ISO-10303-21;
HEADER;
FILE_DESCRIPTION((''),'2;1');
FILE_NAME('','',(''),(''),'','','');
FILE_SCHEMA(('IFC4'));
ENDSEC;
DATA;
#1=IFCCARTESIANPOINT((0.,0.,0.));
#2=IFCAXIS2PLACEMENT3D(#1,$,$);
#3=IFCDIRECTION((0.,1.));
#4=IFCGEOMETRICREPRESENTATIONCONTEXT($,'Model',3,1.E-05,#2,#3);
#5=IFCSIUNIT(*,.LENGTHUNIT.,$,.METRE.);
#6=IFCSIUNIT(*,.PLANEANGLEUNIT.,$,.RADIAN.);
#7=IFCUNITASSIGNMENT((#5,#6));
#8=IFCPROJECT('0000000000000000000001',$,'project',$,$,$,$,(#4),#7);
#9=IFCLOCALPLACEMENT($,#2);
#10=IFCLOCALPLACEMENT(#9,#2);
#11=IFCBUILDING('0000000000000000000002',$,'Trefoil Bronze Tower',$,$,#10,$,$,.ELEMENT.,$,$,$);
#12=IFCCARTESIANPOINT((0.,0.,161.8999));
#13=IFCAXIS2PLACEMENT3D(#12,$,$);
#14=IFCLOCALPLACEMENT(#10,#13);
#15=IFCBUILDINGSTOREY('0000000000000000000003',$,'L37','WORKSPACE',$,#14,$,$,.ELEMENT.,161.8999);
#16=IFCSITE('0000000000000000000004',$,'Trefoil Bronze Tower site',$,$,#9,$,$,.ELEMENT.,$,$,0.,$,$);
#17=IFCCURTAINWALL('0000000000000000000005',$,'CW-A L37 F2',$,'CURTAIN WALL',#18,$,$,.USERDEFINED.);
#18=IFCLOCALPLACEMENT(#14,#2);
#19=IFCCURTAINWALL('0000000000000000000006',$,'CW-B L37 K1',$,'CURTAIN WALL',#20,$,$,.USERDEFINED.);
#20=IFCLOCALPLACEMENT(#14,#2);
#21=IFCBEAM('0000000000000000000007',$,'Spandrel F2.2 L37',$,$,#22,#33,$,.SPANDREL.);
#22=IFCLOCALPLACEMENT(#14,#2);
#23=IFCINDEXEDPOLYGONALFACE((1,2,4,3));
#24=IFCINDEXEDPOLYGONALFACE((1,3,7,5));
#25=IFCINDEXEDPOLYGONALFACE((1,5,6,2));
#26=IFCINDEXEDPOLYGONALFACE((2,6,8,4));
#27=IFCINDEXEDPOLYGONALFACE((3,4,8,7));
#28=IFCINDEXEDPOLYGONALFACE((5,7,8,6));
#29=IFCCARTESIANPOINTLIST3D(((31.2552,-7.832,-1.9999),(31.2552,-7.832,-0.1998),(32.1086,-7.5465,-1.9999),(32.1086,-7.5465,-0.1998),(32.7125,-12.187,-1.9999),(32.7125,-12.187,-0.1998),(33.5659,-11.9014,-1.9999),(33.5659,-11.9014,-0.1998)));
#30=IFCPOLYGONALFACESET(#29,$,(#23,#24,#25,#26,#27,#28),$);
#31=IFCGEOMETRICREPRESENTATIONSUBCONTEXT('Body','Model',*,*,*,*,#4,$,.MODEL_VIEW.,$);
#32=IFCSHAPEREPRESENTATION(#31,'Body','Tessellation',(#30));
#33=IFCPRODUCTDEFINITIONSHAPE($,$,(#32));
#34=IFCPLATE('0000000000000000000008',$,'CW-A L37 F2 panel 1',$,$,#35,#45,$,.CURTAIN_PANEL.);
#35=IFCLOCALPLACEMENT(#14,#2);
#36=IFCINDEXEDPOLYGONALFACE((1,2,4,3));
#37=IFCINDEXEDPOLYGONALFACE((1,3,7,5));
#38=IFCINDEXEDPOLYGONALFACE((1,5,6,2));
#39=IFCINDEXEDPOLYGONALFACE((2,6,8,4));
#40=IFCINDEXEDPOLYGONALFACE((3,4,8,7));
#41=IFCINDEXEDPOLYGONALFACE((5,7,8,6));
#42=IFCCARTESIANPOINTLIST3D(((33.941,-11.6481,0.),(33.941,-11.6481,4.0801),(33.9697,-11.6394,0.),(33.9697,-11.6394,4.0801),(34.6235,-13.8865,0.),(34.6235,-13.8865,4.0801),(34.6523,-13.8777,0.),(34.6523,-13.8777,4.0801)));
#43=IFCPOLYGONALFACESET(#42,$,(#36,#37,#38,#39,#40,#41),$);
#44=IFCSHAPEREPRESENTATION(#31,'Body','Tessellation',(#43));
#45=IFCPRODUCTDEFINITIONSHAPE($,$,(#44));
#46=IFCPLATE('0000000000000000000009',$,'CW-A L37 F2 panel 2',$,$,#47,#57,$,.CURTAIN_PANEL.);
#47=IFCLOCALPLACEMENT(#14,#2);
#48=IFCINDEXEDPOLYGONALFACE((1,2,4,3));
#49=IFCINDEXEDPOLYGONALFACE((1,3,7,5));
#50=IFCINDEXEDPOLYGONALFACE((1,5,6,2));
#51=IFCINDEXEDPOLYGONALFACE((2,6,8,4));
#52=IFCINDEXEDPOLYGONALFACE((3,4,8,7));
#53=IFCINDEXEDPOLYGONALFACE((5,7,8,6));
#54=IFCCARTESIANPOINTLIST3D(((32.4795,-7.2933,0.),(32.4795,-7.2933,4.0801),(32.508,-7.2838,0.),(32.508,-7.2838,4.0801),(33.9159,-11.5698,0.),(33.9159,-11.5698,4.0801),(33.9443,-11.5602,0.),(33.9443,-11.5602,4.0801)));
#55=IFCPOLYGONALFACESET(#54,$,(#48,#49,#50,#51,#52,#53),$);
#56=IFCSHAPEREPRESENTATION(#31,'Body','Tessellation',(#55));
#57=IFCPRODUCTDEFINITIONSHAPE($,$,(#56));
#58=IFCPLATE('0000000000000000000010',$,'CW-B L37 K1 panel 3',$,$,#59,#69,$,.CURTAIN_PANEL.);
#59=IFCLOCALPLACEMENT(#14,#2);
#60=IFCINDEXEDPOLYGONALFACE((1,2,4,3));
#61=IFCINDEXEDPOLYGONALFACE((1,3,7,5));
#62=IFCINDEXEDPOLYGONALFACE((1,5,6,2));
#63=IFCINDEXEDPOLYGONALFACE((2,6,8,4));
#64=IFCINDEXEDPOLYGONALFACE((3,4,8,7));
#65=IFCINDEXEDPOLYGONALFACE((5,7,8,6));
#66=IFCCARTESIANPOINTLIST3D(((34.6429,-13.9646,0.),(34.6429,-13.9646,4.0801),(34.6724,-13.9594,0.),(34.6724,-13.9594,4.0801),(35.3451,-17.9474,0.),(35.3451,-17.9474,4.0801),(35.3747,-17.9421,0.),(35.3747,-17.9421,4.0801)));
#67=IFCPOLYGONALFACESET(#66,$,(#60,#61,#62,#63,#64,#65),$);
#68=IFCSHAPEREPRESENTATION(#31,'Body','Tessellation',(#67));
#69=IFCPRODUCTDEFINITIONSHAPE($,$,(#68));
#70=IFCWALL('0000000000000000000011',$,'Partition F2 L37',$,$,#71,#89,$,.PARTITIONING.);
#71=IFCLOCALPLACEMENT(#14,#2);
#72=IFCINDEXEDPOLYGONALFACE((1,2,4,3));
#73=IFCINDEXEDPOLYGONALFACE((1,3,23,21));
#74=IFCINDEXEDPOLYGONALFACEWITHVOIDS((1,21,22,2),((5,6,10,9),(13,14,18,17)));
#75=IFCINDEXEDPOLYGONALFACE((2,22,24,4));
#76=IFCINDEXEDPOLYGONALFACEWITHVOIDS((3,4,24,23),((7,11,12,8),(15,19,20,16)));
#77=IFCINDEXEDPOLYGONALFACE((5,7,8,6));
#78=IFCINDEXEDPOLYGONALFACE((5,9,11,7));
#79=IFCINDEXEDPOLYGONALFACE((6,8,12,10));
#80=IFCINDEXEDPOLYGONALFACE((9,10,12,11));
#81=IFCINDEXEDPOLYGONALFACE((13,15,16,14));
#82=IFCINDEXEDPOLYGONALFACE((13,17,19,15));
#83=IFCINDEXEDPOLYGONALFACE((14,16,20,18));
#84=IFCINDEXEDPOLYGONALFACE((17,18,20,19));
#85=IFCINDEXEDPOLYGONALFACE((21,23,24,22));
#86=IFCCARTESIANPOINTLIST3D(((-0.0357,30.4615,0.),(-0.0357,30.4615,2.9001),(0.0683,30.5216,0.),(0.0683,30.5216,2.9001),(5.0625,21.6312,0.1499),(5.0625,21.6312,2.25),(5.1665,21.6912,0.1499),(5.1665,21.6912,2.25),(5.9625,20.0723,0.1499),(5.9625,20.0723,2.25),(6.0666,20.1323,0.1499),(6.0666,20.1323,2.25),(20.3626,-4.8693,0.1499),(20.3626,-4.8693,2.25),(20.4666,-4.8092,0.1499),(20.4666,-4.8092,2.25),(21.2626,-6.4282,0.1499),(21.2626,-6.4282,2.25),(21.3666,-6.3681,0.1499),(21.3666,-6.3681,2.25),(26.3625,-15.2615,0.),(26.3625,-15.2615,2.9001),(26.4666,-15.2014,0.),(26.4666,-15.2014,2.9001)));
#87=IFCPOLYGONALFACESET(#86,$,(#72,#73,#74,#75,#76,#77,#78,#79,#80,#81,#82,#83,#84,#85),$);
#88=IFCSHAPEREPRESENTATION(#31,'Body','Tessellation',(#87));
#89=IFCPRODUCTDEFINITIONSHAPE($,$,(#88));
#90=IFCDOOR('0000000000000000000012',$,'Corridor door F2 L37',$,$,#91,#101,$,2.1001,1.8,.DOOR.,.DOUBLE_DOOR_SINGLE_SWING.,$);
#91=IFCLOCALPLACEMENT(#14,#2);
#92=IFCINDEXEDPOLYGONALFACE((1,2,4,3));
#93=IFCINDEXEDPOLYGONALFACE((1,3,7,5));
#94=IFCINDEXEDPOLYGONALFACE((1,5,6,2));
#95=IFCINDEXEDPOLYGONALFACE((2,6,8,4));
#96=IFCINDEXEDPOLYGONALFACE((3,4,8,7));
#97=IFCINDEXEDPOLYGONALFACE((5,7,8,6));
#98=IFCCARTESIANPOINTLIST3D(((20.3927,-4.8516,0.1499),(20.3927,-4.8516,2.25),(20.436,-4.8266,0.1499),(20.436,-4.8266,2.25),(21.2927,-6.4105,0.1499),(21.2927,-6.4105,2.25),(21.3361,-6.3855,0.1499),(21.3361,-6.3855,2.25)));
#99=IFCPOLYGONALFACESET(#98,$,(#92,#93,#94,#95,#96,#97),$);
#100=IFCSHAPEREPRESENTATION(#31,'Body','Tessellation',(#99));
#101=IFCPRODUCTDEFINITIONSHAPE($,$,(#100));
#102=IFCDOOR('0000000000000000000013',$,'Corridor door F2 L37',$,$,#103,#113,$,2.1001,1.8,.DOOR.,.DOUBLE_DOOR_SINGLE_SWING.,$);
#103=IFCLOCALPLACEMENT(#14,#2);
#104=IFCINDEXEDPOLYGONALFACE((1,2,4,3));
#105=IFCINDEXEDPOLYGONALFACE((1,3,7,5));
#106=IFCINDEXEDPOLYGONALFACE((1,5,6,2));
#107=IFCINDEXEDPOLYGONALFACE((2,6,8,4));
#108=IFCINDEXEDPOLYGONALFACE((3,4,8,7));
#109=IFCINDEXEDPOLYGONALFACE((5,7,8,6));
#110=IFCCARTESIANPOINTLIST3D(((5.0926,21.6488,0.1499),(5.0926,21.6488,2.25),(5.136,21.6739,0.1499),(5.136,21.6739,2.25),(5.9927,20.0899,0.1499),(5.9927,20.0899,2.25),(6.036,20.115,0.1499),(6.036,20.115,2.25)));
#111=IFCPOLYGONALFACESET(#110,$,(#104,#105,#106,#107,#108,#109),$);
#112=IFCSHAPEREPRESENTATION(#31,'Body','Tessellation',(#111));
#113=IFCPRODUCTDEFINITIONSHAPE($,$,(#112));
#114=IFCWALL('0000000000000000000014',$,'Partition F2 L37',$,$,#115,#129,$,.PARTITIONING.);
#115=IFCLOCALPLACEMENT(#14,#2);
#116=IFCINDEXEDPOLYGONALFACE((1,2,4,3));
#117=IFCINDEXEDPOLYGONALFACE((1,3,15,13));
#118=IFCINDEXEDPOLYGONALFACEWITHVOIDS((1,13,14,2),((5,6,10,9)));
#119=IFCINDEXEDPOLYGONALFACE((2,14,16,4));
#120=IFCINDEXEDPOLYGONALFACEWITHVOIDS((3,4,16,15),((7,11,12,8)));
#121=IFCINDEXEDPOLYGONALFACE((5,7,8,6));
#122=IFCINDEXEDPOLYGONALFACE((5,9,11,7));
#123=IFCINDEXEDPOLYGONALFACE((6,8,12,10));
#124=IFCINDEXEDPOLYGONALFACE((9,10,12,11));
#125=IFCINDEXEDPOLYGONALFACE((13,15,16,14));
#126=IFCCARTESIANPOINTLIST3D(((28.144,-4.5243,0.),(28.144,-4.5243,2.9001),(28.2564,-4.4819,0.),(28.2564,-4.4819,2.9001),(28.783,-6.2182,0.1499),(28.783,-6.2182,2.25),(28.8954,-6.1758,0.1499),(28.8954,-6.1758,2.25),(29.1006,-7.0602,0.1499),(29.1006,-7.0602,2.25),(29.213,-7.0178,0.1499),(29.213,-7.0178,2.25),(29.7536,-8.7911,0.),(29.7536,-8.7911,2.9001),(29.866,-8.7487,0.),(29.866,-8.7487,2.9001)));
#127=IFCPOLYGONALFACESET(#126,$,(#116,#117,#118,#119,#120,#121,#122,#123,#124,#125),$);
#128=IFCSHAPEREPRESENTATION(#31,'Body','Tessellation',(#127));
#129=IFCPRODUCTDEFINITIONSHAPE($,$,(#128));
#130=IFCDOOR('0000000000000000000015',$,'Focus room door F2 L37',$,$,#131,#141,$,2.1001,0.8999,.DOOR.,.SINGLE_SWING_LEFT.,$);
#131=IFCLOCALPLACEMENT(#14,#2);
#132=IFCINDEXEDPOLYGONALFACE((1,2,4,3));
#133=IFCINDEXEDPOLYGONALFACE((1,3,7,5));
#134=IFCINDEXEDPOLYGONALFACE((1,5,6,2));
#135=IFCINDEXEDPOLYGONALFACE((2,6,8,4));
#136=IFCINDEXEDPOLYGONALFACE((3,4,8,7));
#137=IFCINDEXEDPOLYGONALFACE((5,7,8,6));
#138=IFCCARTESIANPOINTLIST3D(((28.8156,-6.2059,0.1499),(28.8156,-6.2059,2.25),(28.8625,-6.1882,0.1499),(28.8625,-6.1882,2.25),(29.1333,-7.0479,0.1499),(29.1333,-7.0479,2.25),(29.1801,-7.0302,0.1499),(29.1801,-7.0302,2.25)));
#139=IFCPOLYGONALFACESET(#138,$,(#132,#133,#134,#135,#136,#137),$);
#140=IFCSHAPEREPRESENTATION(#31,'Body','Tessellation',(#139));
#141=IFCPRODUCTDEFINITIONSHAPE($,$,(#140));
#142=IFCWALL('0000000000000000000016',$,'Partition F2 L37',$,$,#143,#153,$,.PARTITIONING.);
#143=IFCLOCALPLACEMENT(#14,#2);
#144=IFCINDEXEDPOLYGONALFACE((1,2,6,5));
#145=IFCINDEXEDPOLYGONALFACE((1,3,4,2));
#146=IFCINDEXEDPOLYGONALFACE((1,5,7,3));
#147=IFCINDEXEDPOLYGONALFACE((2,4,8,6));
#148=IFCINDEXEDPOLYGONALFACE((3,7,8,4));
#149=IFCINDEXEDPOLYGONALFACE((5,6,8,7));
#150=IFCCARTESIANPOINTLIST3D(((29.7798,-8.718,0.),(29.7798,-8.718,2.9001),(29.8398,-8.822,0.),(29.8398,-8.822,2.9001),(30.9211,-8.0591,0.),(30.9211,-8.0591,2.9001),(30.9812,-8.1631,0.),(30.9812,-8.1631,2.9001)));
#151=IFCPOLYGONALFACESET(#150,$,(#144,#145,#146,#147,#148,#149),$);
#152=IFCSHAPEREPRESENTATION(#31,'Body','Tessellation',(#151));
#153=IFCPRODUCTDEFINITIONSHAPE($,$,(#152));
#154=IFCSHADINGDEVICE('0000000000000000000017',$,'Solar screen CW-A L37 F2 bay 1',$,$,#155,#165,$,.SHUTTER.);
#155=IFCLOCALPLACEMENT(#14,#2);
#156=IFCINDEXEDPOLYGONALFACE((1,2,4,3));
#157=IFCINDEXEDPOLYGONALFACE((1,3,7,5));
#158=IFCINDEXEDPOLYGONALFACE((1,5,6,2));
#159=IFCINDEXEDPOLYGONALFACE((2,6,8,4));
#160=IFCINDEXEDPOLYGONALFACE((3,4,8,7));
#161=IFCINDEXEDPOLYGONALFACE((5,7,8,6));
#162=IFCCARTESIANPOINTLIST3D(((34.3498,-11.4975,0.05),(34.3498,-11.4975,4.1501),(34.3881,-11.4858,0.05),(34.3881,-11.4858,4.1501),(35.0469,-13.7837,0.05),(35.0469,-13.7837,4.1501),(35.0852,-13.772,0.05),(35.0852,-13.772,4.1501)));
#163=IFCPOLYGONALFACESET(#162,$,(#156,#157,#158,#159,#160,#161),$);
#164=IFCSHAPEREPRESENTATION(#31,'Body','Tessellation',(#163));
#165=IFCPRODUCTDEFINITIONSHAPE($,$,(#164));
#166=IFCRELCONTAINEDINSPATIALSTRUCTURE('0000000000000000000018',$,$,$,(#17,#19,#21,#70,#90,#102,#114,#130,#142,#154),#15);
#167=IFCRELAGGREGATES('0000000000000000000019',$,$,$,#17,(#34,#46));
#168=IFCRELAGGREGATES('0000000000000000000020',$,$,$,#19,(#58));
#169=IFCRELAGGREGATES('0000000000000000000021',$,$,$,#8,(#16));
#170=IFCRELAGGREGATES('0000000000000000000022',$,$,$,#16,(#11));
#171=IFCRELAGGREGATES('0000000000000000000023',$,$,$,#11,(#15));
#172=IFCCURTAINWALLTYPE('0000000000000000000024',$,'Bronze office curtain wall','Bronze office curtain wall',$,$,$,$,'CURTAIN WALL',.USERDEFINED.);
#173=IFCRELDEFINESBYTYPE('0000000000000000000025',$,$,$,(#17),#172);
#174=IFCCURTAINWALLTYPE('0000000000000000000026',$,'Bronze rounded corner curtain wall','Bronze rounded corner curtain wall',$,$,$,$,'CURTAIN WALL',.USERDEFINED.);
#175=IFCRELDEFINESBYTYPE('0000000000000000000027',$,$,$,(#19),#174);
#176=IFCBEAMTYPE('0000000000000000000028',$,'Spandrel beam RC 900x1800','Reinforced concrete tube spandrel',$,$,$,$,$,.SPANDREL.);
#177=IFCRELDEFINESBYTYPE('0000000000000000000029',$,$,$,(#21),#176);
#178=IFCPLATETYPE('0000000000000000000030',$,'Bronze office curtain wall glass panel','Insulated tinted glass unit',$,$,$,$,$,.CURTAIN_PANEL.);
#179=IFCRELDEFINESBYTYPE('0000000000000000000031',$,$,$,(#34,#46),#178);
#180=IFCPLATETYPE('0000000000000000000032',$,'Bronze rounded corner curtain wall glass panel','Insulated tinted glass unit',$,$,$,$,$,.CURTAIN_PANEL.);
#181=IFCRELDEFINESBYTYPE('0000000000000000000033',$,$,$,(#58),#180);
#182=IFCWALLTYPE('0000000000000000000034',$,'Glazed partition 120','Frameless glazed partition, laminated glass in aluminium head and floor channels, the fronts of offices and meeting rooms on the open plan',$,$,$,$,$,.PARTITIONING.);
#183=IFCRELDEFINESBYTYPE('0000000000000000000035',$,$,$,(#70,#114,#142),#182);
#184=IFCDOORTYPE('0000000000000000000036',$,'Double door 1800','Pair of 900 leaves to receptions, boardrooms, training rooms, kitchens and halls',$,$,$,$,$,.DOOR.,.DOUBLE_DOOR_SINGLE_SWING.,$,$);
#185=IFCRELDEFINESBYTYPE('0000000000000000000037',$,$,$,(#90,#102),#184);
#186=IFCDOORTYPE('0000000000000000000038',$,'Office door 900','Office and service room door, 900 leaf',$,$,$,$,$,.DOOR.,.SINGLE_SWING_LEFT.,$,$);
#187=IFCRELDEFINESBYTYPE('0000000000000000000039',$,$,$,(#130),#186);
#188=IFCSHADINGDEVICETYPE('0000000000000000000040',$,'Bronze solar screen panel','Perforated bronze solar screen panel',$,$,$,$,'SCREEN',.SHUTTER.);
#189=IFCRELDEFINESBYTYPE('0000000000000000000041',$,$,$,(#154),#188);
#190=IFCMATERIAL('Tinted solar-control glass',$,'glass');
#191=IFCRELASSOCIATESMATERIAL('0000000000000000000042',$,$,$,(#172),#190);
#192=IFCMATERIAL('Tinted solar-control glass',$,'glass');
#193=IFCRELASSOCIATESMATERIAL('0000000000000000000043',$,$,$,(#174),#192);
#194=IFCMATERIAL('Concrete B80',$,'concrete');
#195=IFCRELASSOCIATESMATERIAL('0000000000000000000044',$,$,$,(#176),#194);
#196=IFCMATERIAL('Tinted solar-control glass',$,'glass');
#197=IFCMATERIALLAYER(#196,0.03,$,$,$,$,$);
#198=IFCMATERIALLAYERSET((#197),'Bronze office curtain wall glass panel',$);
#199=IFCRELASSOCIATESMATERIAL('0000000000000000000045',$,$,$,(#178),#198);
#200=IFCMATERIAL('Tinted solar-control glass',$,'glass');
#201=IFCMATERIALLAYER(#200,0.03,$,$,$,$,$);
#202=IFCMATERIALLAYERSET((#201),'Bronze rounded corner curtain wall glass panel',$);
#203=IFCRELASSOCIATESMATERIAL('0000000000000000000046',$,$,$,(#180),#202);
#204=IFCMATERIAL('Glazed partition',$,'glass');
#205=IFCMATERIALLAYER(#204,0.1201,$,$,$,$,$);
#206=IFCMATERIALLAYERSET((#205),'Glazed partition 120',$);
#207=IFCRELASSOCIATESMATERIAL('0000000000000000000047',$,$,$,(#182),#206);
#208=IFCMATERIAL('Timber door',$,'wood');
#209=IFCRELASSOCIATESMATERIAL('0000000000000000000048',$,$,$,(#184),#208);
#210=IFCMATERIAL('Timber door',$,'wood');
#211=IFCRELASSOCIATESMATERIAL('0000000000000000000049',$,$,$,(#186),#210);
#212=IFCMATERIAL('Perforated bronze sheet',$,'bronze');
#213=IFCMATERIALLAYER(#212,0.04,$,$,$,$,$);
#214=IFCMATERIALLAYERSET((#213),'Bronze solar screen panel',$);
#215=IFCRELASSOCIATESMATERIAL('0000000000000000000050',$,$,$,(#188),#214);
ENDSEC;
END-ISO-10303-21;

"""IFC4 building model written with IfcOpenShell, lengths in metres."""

from ifc_helpers import new_model, si_unit, direction, frame, frame_2d, origin, origin_2d, place, context, subcontext, project, spatial, rectangle, extrude, material, layer, layer_set, material_profile, profile_set, type_object, element, fill, aggregate, save


model = new_model("IFC4")

# Units and contexts
model_context = context("Model", 3, precision=1e-05, world=origin(), true_north=direction((0.0, 1.0)))
body_context = subcontext(model_context, "Body", "Model", "MODEL_VIEW")
ifc_project = project(units=[si_unit("LENGTHUNIT", "METRE"), si_unit("PLANEANGLEUNIT", "RADIAN")], contexts=[model_context])

# Site, building, storey
site_placement = place(None, origin())
site = spatial("IfcSite", under=ifc_project, at=site_placement, Name="Trefoil Bronze Tower site", CompositionType="ELEMENT", RefElevation=0.0)
building_placement = place(site_placement, origin())
building = spatial("IfcBuilding", under=site, at=building_placement, Name="Trefoil Bronze Tower", CompositionType="ELEMENT")
storey_placement = place(building_placement, frame((0.0, 0.0, 161.8999)))
storey = spatial("IfcBuildingStorey", under=building, at=storey_placement, Name="L37", Description="WORKSPACE", CompositionType="ELEMENT", Elevation=161.8999)

# Curtain wall
ifc_material_1 = material(Name="Tinted solar-control glass", Category="glass")
curtain_wall_type_1 = type_object("IfcCurtainWallType", Name="Bronze office curtain wall", Description="Bronze office curtain wall", ElementType="CURTAIN WALL", PredefinedType="USERDEFINED", material=ifc_material_1)
curtain_wall_1_placement = place(storey_placement, origin())
curtain_wall_1 = element("IfcCurtainWall", 1, at=curtain_wall_1_placement, inside=storey, type_object=curtain_wall_type_1, Name="CW-A L37 F2", ObjectType="CURTAIN WALL", PredefinedType="USERDEFINED")

# Curtain wall
ifc_material_2 = material(Name="Tinted solar-control glass", Category="glass")
curtain_wall_type_2 = type_object("IfcCurtainWallType", Name="Bronze rounded corner curtain wall", Description="Bronze rounded corner curtain wall", ElementType="CURTAIN WALL", PredefinedType="USERDEFINED", material=ifc_material_2)
curtain_wall_2_placement = place(storey_placement, origin())
curtain_wall_2 = element("IfcCurtainWall", 2, at=curtain_wall_2_placement, inside=storey, type_object=curtain_wall_type_2, Name="CW-B L37 K1", ObjectType="CURTAIN WALL", PredefinedType="USERDEFINED")

# Beam
ifc_material_3 = material(Name="Concrete B80", Category="concrete")
ifc_material_profile_1 = material_profile(ifc_material_3, rectangle(XDim=0.8999, YDim=1.8, at=origin_2d()), Name="RC 900x1800")
ifc_profile_set_1 = profile_set([ifc_material_profile_1], Name="Concrete B80")
beam_type_1 = type_object("IfcBeamType", Name="Spandrel beam RC 900x1800", Description="Reinforced concrete tube spandrel", PredefinedType="SPANDREL", material=ifc_profile_set_1)
beam_1_placement = place(storey_placement, frame((33.1392, -12.0442, -1.0999), z_axis=(-0.317328, 0.948316, 0.0), x_axis=(-0.948316, -0.317328, 0.0)))
element("IfcBeam", 3, at=beam_1_placement, inside=storey, type_object=beam_type_1, Name="Spandrel F2.2 L37", PredefinedType="SPANDREL", context=body_context, shape_type="SweptSolid", body=[
    extrude(rectangle(XDim=0.8999, YDim=1.8, at=origin_2d()), origin(), (0.0, 0.0, 1.0), 4.5923),
])

# Plates
ifc_material_4 = material(Name="Tinted solar-control glass", Category="glass")
ifc_layer_1 = layer(ifc_material_4, 0.03)
ifc_layer_set_1 = layer_set([ifc_layer_1], Name="Bronze office curtain wall glass panel")
plate_type_1 = type_object("IfcPlateType", Name="Bronze office curtain wall glass panel", Description="Insulated tinted glass unit", PredefinedType="CURTAIN_PANEL", material=ifc_layer_set_1)
plate_1_placement = place(storey_placement, frame((34.2966, -12.7629, 0.0), z_axis=(0.0, 0.0, 1.0), x_axis=(-0.291669, 0.956519, 0.0)))
plate_1 = element("IfcPlate", 4, at=plate_1_placement, type_object=plate_type_1, Name="CW-A L37 F2 panel 1", PredefinedType="CURTAIN_PANEL", context=body_context, shape_type="SweptSolid", body=[
    extrude(rectangle(XDim=2.3401, YDim=0.03, at=origin_2d()), origin(), (0.0, 0.0, 1.0), 4.0801),
])
plate_2_placement = place(storey_placement, frame((33.2119, -9.4268, 0.0), z_axis=(0.0, 0.0, 1.0), x_axis=(-0.318404, 0.947955, 0.0)))
plate_2 = element("IfcPlate", 5, at=plate_2_placement, type_object=plate_type_1, Name="CW-A L37 F2 panel 2", PredefinedType="CURTAIN_PANEL", context=body_context, shape_type="SweptSolid", body=[
    extrude(rectangle(XDim=4.5112, YDim=0.03, at=origin_2d()), origin(), (0.0, 0.0, 1.0), 4.0801),
])
aggregate(curtain_wall_1, [plate_1, plate_2])
ifc_material_5 = material(Name="Tinted solar-control glass", Category="glass")
ifc_layer_2 = layer(ifc_material_5, 0.03)
ifc_layer_set_2 = layer_set([ifc_layer_2], Name="Bronze rounded corner curtain wall glass panel")
plate_type_2 = type_object("IfcPlateType", Name="Bronze rounded corner curtain wall glass panel", Description="Insulated tinted glass unit", PredefinedType="CURTAIN_PANEL", material=ifc_layer_set_2)
plate_3_placement = place(storey_placement, frame((35.0088, -15.9534, 0.0), z_axis=(0.0, 0.0, 1.0), x_axis=(-0.173648, 0.984808, 0.0)))
plate_3 = element("IfcPlate", 6, at=plate_3_placement, type_object=plate_type_2, Name="CW-B L37 K1 panel 3", PredefinedType="CURTAIN_PANEL", context=body_context, shape_type="SweptSolid", body=[
    extrude(rectangle(XDim=4.0442, YDim=0.03, at=origin_2d()), origin(), (0.0, 0.0, 1.0), 4.0801),
])
aggregate(curtain_wall_2, [plate_3])

# Wall, openings, doors
ifc_material_6 = material(Name="Glazed partition", Category="glass")
ifc_layer_3 = layer(ifc_material_6, 0.1201)
ifc_layer_set_3 = layer_set([ifc_layer_3], Name="Glazed partition 120")
wall_type = type_object("IfcWallType", Name="Glazed partition 120", Description="Frameless glazed partition, laminated glass in aluminium head and floor channels, the fronts of offices and meeting rooms on the open plan", PredefinedType="PARTITIONING", material=ifc_layer_set_3)
wall_1_placement = place(storey_placement, frame((26.4146, -15.2314, 0.0), z_axis=(0.0, 0.0, 1.0), x_axis=(-0.500001, 0.866025, 0.0)))
wall_1 = element("IfcWall", 7, at=wall_1_placement, inside=storey, type_object=wall_type, Name="Partition F2 L37", PredefinedType="PARTITIONING", context=body_context, shape_type="SweptSolid", body=[
    extrude(rectangle(XDim=52.7964, YDim=0.1201, at=frame_2d((26.3982, 0.0))), origin(), (0.0, 0.0, 1.0), 2.9001),
])
opening_1_placement = place(wall_1_placement, frame((10.2, 0.0, 0.1499)))
opening_1 = element("IfcOpeningElement", 8, at=opening_1_placement, cuts=wall_1, PredefinedType="OPENING", context=body_context, shape_type="SweptSolid", body=[
    extrude(rectangle(XDim=1.8, YDim=2.1001, at=frame_2d((0.8999, 1.05))), frame((0.0, 0.0701, 0.0), z_axis=(0.0, -1.0, 0.0), x_axis=(1.0, 0.0, 0.0)), (0.0, 0.0, 1.0), 0.1401),
])
opening_2_placement = place(wall_1_placement, frame((40.8, 0.0, 0.1499)))
opening_2 = element("IfcOpeningElement", 9, at=opening_2_placement, cuts=wall_1, PredefinedType="OPENING", context=body_context, shape_type="SweptSolid", body=[
    extrude(rectangle(XDim=1.8, YDim=2.1001, at=frame_2d((0.8999, 1.05))), frame((0.0, 0.0701, 0.0), z_axis=(0.0, -1.0, 0.0), x_axis=(1.0, 0.0, 0.0)), (0.0, 0.0, 1.0), 0.1401),
])
ifc_material_7 = material(Name="Timber door", Category="wood")
door_type_1 = type_object("IfcDoorType", Name="Double door 1800", Description="Pair of 900 leaves to receptions, boardrooms, training rooms, kitchens and halls", OperationType="DOUBLE_DOOR_SINGLE_SWING", PredefinedType="DOOR", material=ifc_material_7)
door_1_placement = place(opening_1_placement, frame((1.8, 0.0, 0.0), z_axis=(0.0, 0.0, 1.0), x_axis=(-1.0, 0.0, 0.0)))
door_1 = element("IfcDoor", 10, at=door_1_placement, inside=storey, type_object=door_type_1, Name="Corridor door F2 L37", OperationType="DOUBLE_DOOR_SINGLE_SWING", OverallHeight=2.1001, OverallWidth=1.8, PredefinedType="DOOR", context=body_context, shape_type="SweptSolid", body=[
    extrude(rectangle(XDim=1.8, YDim=2.1001, at=frame_2d((0.8999, 1.05))), frame((0.0, 0.0249, 0.0), z_axis=(0.0, -1.0, 0.0), x_axis=(1.0, 0.0, 0.0)), (0.0, 0.0, 1.0), 0.05),
])
fill(opening_1, door_1)
door_2_placement = place(opening_2_placement, frame((1.8, 0.0, 0.0), z_axis=(0.0, 0.0, 1.0), x_axis=(-1.0, 0.0, 0.0)))
door_2 = element("IfcDoor", 11, at=door_2_placement, inside=storey, type_object=door_type_1, Name="Corridor door F2 L37", OperationType="DOUBLE_DOOR_SINGLE_SWING", OverallHeight=2.1001, OverallWidth=1.8, PredefinedType="DOOR", context=body_context, shape_type="SweptSolid", body=[
    extrude(rectangle(XDim=1.8, YDim=2.1001, at=frame_2d((0.8999, 1.05))), frame((0.0, 0.0249, 0.0), z_axis=(0.0, -1.0, 0.0), x_axis=(1.0, 0.0, 0.0)), (0.0, 0.0, 1.0), 0.05),
])
fill(opening_2, door_2)

# Wall, opening, door
wall_2_placement = place(storey_placement, frame((29.8098, -8.77, 0.0), z_axis=(0.0, 0.0, 1.0), x_axis=(-0.352959, 0.935639, 0.0)))
wall_2 = element("IfcWall", 12, at=wall_2_placement, inside=storey, type_object=wall_type, Name="Partition F2 L37", PredefinedType="PARTITIONING", context=body_context, shape_type="SweptSolid", body=[
    extrude(rectangle(XDim=4.5603, YDim=0.1201, at=frame_2d((2.2803, 0.0))), origin(), (0.0, 0.0, 1.0), 2.9001),
])
opening_3_placement = place(wall_2_placement, frame((1.8501, 0.0, 0.1499)))
opening_3 = element("IfcOpeningElement", 13, at=opening_3_placement, cuts=wall_2, PredefinedType="OPENING", context=body_context, shape_type="SweptSolid", body=[
    extrude(rectangle(XDim=0.8999, YDim=2.1001, at=frame_2d((0.45, 1.05))), frame((0.0, 0.0701, 0.0), z_axis=(0.0, -1.0, 0.0), x_axis=(1.0, 0.0, 0.0)), (0.0, 0.0, 1.0), 0.1401),
])
ifc_material_8 = material(Name="Timber door", Category="wood")
door_type_2 = type_object("IfcDoorType", Name="Office door 900", Description="Office and service room door, 900 leaf", OperationType="SINGLE_SWING_LEFT", PredefinedType="DOOR", material=ifc_material_8)
door_3_placement = place(opening_3_placement, frame((0.8999, 0.0, 0.0), z_axis=(0.0, 0.0, 1.0), x_axis=(-1.0, 0.0, 0.0)))
door_3 = element("IfcDoor", 14, at=door_3_placement, inside=storey, type_object=door_type_2, Name="Focus room door F2 L37", OperationType="SINGLE_SWING_LEFT", OverallHeight=2.1001, OverallWidth=0.8999, PredefinedType="DOOR", context=body_context, shape_type="SweptSolid", body=[
    extrude(rectangle(XDim=0.8999, YDim=2.1001, at=frame_2d((0.45, 1.05))), frame((0.0, 0.0249, 0.0), z_axis=(0.0, -1.0, 0.0), x_axis=(1.0, 0.0, 0.0)), (0.0, 0.0, 1.0), 0.05),
])
fill(opening_3, door_3)

# Wall
wall_3_placement = place(storey_placement, frame((29.8098, -8.77, 0.0), z_axis=(0.0, 0.0, 1.0), x_axis=(0.866034, 0.499984, 0.0)))
element("IfcWall", 15, at=wall_3_placement, inside=storey, type_object=wall_type, Name="Partition F2 L37", PredefinedType="PARTITIONING", context=body_context, shape_type="SweptSolid", body=[
    extrude(rectangle(XDim=1.3179, YDim=0.1201, at=frame_2d((0.6589, 0.0))), origin(), (0.0, 0.0, 1.0), 2.9001),
])

# Shading device
ifc_material_9 = material(Name="Perforated bronze sheet", Category="bronze")
ifc_layer_4 = layer(ifc_material_9, 0.04)
ifc_layer_set_4 = layer_set([ifc_layer_4], Name="Bronze solar screen panel")
shading_device_type = type_object("IfcShadingDeviceType", Name="Bronze solar screen panel", Description="Perforated bronze solar screen panel", ElementType="SCREEN", PredefinedType="SHUTTER", material=ifc_layer_set_4)
shading_device_1_placement = place(storey_placement, frame((34.7175, -12.6348, 0.05), z_axis=(0.0, 0.0, 1.0), x_axis=(-0.291669, 0.956519, 0.0)))
element("IfcShadingDevice", 16, at=shading_device_1_placement, inside=storey, type_object=shading_device_type, Name="Solar screen CW-A L37 F2 bay 1", PredefinedType="SHUTTER", context=body_context, shape_type="SweptSolid", body=[
    extrude(rectangle(XDim=2.3901, YDim=0.04, at=origin_2d()), origin(), (0.0, 0.0, 1.0), 4.1001),
])

save(model, "model.ifc")
